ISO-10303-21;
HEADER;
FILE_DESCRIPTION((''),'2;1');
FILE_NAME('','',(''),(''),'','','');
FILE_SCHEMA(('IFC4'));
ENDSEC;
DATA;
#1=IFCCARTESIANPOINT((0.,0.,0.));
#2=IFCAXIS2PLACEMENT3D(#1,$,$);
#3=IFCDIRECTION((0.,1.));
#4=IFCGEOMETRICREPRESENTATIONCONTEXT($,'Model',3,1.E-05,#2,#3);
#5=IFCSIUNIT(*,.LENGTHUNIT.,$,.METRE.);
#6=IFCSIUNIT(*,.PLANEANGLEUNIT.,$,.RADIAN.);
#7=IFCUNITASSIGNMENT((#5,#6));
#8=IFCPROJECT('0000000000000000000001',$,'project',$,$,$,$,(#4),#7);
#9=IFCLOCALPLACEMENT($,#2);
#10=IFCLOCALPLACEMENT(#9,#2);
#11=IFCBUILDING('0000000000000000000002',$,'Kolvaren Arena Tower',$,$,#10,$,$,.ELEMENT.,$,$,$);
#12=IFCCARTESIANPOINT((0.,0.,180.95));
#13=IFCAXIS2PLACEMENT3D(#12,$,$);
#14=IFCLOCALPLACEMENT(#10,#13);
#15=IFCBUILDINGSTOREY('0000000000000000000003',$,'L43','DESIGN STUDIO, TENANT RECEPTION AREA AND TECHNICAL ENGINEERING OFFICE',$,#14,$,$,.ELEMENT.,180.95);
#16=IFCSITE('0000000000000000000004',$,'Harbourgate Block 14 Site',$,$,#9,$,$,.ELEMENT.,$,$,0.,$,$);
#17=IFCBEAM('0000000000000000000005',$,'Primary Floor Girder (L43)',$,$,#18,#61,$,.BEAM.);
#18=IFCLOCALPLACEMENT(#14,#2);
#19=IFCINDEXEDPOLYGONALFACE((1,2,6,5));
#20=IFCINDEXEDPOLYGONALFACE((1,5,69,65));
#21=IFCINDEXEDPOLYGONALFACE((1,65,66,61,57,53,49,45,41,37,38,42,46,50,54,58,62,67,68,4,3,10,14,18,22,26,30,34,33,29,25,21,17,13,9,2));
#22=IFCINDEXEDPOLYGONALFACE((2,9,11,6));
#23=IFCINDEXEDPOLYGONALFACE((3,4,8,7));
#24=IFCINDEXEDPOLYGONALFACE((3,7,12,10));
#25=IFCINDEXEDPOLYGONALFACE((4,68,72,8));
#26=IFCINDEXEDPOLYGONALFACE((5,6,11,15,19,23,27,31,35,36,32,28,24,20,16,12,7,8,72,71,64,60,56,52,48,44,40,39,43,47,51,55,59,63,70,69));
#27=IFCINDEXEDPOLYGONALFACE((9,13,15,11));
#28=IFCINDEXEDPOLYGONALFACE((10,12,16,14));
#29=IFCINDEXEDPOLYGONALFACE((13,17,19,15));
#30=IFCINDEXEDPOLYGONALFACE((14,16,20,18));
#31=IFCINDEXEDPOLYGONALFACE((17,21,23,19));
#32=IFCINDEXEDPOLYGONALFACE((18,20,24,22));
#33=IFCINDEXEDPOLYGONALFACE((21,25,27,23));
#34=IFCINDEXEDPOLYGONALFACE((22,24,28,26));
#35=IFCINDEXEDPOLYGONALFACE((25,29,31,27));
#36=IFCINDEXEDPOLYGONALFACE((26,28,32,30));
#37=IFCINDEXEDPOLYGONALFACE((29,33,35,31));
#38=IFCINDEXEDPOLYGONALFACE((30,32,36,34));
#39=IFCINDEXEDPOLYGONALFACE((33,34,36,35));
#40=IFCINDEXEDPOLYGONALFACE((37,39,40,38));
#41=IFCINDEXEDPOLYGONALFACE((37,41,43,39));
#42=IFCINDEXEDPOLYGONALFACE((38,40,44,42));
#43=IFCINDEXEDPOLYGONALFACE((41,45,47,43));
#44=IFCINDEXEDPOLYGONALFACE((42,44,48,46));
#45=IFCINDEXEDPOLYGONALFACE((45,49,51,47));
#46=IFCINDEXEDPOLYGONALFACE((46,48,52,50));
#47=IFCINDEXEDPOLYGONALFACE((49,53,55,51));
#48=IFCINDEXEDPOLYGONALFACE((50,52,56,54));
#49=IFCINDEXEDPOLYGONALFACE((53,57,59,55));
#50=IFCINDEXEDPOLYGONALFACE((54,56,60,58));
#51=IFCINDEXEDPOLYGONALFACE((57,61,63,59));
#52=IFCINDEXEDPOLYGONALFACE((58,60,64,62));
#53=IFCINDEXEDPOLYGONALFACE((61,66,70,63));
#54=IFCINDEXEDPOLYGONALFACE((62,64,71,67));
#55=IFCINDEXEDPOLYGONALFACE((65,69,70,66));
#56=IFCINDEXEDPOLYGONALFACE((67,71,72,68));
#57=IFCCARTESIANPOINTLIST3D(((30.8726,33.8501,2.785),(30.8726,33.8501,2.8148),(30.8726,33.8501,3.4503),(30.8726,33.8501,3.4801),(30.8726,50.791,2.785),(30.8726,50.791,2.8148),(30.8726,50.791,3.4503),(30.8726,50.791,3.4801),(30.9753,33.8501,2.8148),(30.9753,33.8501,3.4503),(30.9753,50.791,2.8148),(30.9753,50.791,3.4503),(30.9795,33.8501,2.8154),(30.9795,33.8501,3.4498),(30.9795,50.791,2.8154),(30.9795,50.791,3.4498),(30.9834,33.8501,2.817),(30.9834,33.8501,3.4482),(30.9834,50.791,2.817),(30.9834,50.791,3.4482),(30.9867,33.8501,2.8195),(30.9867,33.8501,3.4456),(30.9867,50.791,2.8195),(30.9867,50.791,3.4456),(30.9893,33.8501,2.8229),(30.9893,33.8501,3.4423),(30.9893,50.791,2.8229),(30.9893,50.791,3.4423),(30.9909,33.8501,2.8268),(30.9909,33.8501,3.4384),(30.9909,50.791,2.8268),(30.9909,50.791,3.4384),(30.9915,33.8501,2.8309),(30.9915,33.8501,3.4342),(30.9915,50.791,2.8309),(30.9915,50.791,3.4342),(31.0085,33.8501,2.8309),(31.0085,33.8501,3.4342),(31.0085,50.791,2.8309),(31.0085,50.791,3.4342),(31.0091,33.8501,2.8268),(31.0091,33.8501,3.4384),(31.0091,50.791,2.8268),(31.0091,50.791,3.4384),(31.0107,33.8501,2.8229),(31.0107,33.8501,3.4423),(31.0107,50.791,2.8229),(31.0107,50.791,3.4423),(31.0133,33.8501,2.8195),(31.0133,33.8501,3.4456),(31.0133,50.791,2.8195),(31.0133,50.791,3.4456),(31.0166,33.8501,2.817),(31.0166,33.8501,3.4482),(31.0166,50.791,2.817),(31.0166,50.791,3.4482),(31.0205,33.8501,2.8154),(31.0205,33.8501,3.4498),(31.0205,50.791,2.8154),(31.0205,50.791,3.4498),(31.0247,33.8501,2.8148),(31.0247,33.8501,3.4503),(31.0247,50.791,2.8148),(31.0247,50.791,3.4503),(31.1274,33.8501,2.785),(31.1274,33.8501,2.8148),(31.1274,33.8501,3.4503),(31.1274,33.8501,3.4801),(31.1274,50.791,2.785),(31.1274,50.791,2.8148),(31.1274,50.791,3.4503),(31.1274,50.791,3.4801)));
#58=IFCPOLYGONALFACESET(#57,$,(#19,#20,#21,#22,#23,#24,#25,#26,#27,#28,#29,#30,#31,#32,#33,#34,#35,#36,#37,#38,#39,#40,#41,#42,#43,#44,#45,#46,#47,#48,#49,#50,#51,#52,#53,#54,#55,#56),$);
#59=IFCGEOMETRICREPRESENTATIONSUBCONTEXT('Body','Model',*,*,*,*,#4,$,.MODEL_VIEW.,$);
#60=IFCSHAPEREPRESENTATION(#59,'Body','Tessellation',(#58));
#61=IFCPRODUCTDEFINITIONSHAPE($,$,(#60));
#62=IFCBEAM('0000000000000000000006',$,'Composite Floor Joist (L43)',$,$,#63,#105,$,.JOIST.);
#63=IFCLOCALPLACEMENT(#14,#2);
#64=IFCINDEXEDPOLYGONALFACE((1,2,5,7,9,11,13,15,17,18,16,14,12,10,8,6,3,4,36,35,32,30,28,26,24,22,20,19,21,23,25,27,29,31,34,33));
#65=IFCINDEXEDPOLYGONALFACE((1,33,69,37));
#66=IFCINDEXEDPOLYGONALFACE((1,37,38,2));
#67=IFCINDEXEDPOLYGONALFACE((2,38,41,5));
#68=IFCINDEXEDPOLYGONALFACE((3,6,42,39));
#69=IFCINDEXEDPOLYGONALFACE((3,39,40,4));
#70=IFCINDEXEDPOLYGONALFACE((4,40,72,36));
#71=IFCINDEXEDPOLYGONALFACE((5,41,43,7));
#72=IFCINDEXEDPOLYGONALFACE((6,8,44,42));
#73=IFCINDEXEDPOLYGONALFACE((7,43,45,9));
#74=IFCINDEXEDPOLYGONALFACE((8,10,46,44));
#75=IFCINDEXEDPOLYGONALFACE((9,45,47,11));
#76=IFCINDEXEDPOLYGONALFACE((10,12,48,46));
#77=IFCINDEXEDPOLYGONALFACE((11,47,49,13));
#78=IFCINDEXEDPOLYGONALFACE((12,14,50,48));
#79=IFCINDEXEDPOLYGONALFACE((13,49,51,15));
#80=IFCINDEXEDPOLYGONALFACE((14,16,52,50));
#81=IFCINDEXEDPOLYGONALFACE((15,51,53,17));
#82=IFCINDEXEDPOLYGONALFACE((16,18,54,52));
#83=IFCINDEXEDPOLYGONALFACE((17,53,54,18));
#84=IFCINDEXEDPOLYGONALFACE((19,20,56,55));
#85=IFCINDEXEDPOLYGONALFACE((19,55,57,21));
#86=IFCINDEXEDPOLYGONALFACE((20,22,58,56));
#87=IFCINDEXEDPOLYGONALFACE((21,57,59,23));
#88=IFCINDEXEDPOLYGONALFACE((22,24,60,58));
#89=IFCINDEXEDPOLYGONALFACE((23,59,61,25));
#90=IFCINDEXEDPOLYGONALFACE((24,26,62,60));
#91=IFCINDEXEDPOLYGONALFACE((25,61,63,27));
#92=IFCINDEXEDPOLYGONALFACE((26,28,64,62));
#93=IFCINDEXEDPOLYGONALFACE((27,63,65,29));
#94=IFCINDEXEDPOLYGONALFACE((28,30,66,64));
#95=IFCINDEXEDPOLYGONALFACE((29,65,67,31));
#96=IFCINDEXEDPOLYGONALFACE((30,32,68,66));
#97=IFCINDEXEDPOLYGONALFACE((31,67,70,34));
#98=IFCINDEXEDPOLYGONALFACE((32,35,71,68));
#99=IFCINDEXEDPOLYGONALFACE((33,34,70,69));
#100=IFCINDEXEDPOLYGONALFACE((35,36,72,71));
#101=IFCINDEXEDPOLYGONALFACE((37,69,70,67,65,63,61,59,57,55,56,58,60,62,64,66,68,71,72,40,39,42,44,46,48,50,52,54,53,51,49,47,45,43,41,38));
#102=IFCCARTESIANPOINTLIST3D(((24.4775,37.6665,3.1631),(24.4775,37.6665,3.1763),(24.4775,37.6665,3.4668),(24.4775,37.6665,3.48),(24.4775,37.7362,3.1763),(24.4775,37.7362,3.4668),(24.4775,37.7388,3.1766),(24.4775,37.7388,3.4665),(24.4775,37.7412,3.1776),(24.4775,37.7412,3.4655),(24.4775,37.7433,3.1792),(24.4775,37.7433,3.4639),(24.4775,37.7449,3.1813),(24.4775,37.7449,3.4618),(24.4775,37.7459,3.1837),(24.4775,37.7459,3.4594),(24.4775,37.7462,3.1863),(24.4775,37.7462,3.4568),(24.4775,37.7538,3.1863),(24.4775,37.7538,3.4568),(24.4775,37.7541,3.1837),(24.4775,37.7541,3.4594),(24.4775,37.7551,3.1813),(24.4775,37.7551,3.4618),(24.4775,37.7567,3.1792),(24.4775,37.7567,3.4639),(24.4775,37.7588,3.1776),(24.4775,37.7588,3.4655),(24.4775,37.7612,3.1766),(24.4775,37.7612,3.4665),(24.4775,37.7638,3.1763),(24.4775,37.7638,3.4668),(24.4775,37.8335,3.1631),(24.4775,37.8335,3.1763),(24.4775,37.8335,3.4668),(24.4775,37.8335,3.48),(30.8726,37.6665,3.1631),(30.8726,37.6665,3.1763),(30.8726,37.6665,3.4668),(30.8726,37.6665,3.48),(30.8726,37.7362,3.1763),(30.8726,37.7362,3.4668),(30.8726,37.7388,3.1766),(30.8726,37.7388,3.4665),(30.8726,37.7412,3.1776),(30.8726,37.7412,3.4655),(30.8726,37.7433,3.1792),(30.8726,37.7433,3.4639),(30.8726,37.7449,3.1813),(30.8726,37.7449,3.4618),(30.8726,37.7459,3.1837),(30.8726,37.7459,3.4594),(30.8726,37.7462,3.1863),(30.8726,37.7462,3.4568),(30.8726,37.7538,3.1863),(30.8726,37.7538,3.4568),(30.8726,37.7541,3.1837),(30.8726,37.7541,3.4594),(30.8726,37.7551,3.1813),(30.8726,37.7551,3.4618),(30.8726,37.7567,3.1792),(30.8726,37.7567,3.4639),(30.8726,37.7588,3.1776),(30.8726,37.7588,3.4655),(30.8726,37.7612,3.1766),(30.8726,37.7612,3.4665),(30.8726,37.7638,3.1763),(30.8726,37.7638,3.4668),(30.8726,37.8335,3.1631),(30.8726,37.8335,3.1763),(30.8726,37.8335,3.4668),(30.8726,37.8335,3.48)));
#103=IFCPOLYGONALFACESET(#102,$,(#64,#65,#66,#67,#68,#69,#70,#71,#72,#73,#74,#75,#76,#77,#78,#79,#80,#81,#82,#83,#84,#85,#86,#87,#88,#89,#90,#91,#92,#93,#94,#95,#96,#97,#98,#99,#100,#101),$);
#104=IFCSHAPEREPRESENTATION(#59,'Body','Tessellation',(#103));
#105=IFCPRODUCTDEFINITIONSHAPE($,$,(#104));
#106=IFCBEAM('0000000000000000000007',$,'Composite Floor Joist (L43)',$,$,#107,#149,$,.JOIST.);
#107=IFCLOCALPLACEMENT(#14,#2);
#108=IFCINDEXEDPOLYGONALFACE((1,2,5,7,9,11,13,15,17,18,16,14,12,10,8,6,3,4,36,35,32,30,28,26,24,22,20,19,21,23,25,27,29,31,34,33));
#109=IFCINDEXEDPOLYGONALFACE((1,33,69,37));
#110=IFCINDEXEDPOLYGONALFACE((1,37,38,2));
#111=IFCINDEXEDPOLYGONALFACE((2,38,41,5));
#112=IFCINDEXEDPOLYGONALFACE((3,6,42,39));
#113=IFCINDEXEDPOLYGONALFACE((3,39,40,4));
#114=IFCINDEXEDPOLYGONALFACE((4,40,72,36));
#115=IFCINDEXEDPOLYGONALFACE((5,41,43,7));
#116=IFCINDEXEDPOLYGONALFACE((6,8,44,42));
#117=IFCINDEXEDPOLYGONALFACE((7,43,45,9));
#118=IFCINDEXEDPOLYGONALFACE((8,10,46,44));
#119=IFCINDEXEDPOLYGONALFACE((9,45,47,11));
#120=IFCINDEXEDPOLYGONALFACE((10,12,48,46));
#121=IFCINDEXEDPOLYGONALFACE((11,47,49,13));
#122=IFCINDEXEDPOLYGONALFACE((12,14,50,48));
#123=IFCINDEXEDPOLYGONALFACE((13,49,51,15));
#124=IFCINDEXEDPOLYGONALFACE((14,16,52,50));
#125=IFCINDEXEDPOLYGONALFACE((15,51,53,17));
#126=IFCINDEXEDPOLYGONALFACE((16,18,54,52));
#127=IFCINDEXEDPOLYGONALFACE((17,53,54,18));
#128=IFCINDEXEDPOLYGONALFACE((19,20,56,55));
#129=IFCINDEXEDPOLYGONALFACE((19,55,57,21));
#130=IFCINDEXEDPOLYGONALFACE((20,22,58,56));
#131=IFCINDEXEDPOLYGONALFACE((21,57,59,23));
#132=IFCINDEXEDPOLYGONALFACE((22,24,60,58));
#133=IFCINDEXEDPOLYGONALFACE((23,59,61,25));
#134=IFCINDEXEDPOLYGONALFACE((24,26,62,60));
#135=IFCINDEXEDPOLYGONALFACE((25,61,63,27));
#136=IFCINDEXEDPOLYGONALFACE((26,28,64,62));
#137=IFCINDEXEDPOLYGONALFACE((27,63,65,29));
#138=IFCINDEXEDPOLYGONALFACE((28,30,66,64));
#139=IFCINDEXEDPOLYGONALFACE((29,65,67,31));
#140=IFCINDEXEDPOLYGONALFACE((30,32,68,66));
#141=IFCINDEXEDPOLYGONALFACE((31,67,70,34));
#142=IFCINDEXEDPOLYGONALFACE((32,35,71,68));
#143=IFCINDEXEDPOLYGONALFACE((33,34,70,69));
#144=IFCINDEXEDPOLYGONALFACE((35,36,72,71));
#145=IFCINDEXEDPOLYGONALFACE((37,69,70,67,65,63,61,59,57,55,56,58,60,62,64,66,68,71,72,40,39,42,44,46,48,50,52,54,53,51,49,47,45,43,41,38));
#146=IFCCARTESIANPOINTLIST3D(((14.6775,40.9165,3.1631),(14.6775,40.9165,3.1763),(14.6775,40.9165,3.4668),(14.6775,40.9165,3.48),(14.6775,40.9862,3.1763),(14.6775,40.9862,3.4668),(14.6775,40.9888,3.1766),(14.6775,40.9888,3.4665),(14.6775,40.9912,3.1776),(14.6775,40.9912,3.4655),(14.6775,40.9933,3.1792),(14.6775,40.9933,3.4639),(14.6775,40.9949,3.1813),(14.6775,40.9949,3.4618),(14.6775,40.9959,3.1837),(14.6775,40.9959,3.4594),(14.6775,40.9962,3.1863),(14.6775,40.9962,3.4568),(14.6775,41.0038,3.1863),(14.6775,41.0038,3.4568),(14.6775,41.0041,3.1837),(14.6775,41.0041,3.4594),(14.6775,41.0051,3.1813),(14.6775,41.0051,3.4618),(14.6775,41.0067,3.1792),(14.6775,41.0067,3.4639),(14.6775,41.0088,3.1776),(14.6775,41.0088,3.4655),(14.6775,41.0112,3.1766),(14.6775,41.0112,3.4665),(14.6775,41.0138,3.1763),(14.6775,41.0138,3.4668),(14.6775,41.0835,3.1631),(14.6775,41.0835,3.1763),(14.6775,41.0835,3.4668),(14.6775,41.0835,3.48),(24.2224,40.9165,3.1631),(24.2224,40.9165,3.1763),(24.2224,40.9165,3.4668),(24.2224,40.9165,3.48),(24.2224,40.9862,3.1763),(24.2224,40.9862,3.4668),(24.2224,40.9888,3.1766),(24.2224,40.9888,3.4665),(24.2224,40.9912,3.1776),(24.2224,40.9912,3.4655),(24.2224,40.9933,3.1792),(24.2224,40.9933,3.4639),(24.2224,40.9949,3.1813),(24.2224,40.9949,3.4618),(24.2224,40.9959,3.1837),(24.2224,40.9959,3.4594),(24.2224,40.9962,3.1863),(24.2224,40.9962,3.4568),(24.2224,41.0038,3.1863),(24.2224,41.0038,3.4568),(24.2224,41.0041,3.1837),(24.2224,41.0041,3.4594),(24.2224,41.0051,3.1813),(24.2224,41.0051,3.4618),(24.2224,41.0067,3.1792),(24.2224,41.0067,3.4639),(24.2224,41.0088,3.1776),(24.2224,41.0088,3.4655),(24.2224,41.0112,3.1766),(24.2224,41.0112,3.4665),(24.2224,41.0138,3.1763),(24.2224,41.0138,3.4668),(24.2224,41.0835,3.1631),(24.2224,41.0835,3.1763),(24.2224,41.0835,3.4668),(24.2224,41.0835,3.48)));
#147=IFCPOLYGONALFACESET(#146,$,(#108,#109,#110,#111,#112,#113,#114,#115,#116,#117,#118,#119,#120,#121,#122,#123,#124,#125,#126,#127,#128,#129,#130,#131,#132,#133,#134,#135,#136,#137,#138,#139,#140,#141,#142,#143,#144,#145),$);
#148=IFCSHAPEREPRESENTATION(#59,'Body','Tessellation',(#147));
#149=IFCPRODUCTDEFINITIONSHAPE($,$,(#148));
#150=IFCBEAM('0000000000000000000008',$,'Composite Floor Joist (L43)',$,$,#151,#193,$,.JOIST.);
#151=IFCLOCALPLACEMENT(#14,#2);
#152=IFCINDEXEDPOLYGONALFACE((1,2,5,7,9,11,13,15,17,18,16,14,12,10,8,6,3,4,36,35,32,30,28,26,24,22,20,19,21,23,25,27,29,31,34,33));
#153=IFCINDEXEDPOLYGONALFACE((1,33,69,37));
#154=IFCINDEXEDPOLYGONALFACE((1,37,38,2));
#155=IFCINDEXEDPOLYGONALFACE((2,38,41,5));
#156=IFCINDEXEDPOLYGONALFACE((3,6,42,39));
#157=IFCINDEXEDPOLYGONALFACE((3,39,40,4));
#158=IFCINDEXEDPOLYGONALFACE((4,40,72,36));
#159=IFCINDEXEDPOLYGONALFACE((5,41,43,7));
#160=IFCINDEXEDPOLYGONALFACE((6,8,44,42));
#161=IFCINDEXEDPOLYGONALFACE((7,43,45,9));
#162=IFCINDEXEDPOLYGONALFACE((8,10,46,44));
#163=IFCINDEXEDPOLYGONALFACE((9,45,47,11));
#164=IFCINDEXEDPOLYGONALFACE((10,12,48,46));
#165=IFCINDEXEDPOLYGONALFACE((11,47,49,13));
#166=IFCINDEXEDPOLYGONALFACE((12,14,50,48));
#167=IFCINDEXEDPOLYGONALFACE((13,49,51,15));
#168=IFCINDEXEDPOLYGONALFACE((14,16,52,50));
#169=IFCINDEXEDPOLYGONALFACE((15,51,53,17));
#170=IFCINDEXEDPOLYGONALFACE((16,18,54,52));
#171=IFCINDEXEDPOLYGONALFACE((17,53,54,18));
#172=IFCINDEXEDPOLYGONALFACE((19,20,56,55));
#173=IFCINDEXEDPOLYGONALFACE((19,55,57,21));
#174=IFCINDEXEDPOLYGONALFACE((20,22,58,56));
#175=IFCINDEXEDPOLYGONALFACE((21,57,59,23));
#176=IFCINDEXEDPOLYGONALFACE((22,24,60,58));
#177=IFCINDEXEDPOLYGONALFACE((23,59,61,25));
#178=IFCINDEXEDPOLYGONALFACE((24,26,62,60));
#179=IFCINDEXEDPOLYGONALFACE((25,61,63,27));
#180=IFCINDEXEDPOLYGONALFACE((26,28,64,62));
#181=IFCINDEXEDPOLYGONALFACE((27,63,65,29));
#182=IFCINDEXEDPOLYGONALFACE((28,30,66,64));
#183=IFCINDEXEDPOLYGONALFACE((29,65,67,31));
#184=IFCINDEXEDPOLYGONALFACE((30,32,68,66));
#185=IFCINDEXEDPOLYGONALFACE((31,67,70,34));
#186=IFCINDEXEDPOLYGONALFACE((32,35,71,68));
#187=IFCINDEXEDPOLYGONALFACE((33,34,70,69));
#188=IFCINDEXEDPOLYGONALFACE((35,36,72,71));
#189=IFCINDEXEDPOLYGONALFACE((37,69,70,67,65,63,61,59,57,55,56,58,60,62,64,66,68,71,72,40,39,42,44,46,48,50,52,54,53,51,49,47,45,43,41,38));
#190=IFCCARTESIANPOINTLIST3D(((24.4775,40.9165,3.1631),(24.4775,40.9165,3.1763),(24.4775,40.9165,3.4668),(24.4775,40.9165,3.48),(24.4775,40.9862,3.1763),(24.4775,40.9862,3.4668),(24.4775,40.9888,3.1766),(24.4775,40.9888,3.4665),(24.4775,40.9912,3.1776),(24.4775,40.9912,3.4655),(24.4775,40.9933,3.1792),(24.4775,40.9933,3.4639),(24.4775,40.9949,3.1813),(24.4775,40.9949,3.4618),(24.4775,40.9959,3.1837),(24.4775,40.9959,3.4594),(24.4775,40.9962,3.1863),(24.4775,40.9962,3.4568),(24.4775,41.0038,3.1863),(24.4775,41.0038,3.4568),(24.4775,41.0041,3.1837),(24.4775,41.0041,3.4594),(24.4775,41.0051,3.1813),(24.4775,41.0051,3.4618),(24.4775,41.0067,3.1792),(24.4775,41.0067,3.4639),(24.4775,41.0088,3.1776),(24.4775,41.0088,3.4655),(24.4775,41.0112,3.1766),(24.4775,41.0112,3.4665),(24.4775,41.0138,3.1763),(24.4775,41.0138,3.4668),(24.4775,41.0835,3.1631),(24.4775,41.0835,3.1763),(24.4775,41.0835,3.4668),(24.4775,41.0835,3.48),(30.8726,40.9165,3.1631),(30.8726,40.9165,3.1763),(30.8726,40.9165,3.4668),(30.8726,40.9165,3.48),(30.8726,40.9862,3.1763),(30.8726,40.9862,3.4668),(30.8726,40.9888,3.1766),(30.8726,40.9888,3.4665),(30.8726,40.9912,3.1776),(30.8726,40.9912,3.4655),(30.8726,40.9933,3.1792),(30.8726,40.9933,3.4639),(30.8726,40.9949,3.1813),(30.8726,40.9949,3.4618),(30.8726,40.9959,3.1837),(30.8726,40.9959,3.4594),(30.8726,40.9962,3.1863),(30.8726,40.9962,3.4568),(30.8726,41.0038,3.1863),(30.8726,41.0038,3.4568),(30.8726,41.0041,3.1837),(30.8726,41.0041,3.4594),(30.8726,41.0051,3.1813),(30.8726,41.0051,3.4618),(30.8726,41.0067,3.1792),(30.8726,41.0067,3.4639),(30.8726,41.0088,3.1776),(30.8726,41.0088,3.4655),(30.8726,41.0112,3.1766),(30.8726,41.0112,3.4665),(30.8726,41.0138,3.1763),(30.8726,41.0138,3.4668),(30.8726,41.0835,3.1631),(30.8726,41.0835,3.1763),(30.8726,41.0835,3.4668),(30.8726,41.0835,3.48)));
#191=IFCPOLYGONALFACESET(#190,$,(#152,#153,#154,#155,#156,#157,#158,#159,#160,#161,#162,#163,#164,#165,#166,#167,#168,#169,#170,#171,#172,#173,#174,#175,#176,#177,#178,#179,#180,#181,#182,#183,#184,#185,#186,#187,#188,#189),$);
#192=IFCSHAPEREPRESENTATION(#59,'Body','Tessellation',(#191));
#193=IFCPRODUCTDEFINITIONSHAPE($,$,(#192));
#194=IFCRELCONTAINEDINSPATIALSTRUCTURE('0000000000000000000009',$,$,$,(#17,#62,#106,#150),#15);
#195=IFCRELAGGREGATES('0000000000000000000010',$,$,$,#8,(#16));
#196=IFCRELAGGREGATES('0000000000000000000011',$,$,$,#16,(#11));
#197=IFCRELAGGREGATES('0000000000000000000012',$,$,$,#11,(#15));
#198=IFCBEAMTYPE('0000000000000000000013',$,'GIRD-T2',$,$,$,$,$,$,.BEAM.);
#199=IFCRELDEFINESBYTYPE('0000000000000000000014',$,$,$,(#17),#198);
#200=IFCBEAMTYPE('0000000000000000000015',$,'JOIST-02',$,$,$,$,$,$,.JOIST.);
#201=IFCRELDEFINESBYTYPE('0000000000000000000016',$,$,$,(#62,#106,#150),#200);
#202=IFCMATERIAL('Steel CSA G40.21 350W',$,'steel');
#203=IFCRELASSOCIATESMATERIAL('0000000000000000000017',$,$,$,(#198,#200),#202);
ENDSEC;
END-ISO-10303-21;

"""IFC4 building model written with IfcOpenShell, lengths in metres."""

from ifc_helpers import new_model, si_unit, direction, frame, origin, origin_2d, place, context, subcontext, project, spatial, i_section, extrude, material, material_profile, profile_set, type_object, element, save


model = new_model("IFC4")

# Units and contexts
model_context = context("Model", 3, precision=1e-05, world=origin(), true_north=direction((0.0, 1.0)))
body_context = subcontext(model_context, "Body", "Model", "MODEL_VIEW")
ifc_project = project(units=[si_unit("LENGTHUNIT", "METRE"), si_unit("PLANEANGLEUNIT", "RADIAN")], contexts=[model_context])

# Site, building, storey
site_placement = place(None, origin())
site = spatial("IfcSite", under=ifc_project, at=site_placement, Name="Harbourgate Block 14 Site", CompositionType="ELEMENT", RefElevation=0.0)
building_placement = place(site_placement, origin())
building = spatial("IfcBuilding", under=site, at=building_placement, Name="Kolvaren Arena Tower", CompositionType="ELEMENT")
storey_placement = place(building_placement, frame((0.0, 0.0, 180.95)))
storey = spatial("IfcBuildingStorey", under=building, at=storey_placement, Name="L43", Description="DESIGN STUDIO, TENANT RECEPTION AREA AND TECHNICAL ENGINEERING OFFICE", CompositionType="ELEMENT", Elevation=180.95)

# Beams
ifc_material_1 = material(Name="Steel CSA G40.21 350W", Category="steel")
ifc_material_profile_1 = material_profile(ifc_material_1, i_section(OverallWidth=0.2549, OverallDepth=0.6951, WebThickness=0.0171, FlangeThickness=0.0298, FilletRadius=0.0161, at=origin_2d()), Name="W690x217")
ifc_profile_set_1 = profile_set([ifc_material_profile_1], Name="Steel CSA G40.21 350W")
beam_type_1 = type_object("IfcBeamType", Name="GIRD-T2", PredefinedType="BEAM", material=ifc_profile_set_1)
beam_1_placement = place(storey_placement, frame((31.0, 33.8501, 3.1326), z_axis=(0.0, 1.0, 0.0), x_axis=(-1.0, 0.0, 0.0)))
element("IfcBeam", 1, at=beam_1_placement, inside=storey, type_object=beam_type_1, Name="Primary Floor Girder (L43)", PredefinedType="BEAM", context=body_context, shape_type="SweptSolid", body=[
    extrude(i_section(OverallWidth=0.2549, OverallDepth=0.6951, WebThickness=0.0171, FlangeThickness=0.0298, FilletRadius=0.0161, at=origin_2d()), origin(), (0.0, 0.0, 1.0), 16.9409),
])
ifc_material_profile_2 = material_profile(ifc_material_1, i_section(OverallWidth=0.167, OverallDepth=0.3169, WebThickness=0.0076, FlangeThickness=0.0132, FilletRadius=0.01, at=origin_2d()), Name="W310x52")
ifc_profile_set_2 = profile_set([ifc_material_profile_2], Name="Steel CSA G40.21 350W")
beam_type_2 = type_object("IfcBeamType", Name="JOIST-02", PredefinedType="JOIST", material=ifc_profile_set_2)
beam_2_placement = place(storey_placement, frame((24.4775, 37.75, 3.3215), z_axis=(1.0, 0.0, 0.0), x_axis=(0.0, 1.0, 0.0)))
element("IfcBeam", 2, at=beam_2_placement, inside=storey, type_object=beam_type_2, Name="Composite Floor Joist (L43)", PredefinedType="JOIST", context=body_context, shape_type="SweptSolid", body=[
    extrude(i_section(OverallWidth=0.167, OverallDepth=0.3169, WebThickness=0.0076, FlangeThickness=0.0132, FilletRadius=0.01, at=origin_2d()), origin(), (0.0, 0.0, 1.0), 6.395),
])
beam_3_placement = place(storey_placement, frame((14.6775, 41.0, 3.3215), z_axis=(1.0, 0.0, 0.0), x_axis=(0.0, 1.0, 0.0)))
element("IfcBeam", 3, at=beam_3_placement, inside=storey, type_object=beam_type_2, Name="Composite Floor Joist (L43)", PredefinedType="JOIST", context=body_context, shape_type="SweptSolid", body=[
    extrude(i_section(OverallWidth=0.167, OverallDepth=0.3169, WebThickness=0.0076, FlangeThickness=0.0132, FilletRadius=0.01, at=origin_2d()), origin(), (0.0, 0.0, 1.0), 9.5449),
])
beam_4_placement = place(storey_placement, frame((24.4775, 41.0, 3.3215), z_axis=(1.0, 0.0, 0.0), x_axis=(0.0, 1.0, 0.0)))
element("IfcBeam", 4, at=beam_4_placement, inside=storey, type_object=beam_type_2, Name="Composite Floor Joist (L43)", PredefinedType="JOIST", context=body_context, shape_type="SweptSolid", body=[
    extrude(i_section(OverallWidth=0.167, OverallDepth=0.3169, WebThickness=0.0076, FlangeThickness=0.0132, FilletRadius=0.01, at=origin_2d()), origin(), (0.0, 0.0, 1.0), 6.395),
])

save(model, "model.ifc")
